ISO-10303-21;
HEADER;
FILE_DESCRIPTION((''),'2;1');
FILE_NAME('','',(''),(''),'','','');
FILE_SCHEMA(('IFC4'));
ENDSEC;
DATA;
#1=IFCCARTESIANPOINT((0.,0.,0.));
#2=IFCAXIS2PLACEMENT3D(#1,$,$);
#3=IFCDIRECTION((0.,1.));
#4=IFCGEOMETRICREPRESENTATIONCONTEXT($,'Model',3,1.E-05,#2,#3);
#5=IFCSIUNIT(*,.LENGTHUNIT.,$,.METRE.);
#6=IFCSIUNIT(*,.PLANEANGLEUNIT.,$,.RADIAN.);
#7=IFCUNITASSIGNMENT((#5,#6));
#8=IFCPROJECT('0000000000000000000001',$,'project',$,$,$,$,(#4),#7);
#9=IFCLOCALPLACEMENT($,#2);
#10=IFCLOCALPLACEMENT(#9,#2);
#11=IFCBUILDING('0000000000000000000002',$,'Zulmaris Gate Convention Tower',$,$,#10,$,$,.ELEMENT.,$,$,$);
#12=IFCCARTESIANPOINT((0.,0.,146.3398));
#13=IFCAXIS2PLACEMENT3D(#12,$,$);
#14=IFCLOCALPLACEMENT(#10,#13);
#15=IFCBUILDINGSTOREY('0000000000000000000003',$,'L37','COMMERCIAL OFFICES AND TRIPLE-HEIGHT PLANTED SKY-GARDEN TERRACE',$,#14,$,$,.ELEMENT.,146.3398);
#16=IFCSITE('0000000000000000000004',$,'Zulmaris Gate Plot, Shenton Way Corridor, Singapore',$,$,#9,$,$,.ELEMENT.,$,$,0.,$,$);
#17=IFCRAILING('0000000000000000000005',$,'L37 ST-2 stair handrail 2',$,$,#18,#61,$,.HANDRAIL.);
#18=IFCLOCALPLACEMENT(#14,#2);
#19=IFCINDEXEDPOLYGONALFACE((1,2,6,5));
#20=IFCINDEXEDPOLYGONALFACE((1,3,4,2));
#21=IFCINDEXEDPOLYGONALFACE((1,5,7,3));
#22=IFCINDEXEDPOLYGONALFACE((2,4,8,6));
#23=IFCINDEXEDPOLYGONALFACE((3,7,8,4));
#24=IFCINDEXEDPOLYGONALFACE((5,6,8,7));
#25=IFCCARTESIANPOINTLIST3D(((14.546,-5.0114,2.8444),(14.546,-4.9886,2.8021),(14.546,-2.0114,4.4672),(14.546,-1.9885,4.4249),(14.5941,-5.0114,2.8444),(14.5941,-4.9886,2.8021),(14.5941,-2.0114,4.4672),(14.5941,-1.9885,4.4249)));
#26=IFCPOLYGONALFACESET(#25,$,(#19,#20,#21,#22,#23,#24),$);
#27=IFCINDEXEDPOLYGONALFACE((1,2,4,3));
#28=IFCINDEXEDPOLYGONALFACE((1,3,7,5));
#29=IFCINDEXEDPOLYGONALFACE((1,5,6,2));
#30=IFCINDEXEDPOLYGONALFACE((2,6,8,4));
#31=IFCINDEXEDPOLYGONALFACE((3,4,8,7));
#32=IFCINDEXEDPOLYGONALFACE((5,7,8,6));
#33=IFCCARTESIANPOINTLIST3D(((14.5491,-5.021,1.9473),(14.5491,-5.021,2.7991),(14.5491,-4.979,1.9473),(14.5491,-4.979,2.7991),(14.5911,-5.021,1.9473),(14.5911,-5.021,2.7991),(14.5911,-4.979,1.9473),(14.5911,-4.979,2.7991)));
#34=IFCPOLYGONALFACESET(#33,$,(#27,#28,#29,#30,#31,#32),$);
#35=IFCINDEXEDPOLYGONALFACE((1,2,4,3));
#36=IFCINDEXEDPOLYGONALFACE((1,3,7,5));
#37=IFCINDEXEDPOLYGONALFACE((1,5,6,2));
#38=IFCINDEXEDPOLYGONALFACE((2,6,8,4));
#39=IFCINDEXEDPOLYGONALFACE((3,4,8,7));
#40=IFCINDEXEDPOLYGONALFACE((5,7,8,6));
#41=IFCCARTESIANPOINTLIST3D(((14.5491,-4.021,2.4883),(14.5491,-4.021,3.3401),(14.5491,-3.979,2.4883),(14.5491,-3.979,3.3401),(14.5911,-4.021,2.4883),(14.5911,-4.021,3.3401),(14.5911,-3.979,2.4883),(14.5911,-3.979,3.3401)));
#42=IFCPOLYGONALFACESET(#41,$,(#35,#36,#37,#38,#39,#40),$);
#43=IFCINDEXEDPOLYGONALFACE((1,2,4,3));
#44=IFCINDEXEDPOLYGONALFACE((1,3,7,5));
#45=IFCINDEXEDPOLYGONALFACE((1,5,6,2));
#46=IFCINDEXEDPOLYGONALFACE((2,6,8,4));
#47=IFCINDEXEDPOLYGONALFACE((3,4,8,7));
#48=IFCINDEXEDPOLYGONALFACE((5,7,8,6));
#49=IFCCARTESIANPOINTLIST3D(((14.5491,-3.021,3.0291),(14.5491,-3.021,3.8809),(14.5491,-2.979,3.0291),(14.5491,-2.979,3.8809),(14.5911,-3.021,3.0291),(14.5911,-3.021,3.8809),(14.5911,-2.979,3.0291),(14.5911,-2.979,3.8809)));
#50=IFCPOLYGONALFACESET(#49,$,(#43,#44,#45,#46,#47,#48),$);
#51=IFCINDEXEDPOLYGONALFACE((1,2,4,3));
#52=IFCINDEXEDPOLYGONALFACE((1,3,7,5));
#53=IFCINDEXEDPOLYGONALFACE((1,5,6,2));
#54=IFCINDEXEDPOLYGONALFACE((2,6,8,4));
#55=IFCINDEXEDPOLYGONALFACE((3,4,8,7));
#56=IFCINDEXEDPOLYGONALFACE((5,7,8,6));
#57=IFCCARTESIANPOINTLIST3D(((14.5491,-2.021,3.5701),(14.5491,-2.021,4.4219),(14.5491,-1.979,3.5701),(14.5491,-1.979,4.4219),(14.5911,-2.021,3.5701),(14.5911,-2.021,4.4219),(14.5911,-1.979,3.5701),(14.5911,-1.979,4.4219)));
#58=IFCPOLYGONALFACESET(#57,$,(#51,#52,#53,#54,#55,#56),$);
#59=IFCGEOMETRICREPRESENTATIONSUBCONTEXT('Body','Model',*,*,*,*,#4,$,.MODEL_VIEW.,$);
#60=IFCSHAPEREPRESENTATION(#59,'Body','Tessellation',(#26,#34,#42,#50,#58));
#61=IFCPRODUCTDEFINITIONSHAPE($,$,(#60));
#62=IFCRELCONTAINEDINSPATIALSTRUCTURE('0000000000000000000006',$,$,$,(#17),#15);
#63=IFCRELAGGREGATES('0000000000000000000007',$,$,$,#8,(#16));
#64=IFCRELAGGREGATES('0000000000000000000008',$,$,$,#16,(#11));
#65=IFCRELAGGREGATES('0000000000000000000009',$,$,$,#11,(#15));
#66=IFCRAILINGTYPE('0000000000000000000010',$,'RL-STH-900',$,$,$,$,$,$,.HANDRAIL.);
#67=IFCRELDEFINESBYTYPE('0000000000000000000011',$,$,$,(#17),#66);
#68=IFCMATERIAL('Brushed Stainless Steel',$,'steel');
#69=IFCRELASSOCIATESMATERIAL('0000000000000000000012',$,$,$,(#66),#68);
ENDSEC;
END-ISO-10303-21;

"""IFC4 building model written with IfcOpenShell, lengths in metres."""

from ifc_helpers import new_model, si_unit, direction, frame, origin, origin_2d, place, context, subcontext, project, spatial, rectangle, extrude, material, type_object, element, save


model = new_model("IFC4")

# Units and contexts
model_context = context("Model", 3, precision=1e-05, world=origin(), true_north=direction((0.0, 1.0)))
body_context = subcontext(model_context, "Body", "Model", "MODEL_VIEW")
ifc_project = project(units=[si_unit("LENGTHUNIT", "METRE"), si_unit("PLANEANGLEUNIT", "RADIAN")], contexts=[model_context])

# Site, building, storey
site_placement = place(None, origin())
site = spatial("IfcSite", under=ifc_project, at=site_placement, Name="Zulmaris Gate Plot, Shenton Way Corridor, Singapore", CompositionType="ELEMENT", RefElevation=0.0)
building_placement = place(site_placement, origin())
building = spatial("IfcBuilding", under=site, at=building_placement, Name="Zulmaris Gate Convention Tower", CompositionType="ELEMENT")
storey_placement = place(building_placement, frame((0.0, 0.0, 146.3398)))
storey = spatial("IfcBuildingStorey", under=building, at=storey_placement, Name="L37", Description="COMMERCIAL OFFICES AND TRIPLE-HEIGHT PLANTED SKY-GARDEN TERRACE", CompositionType="ELEMENT", Elevation=146.3398)

# Railing
ifc_material_1 = material(Name="Brushed Stainless Steel", Category="steel")
railing_type_1 = type_object("IfcRailingType", Name="RL-STH-900", PredefinedType="HANDRAIL", material=ifc_material_1)
railing_1_placement = place(storey_placement, frame((14.5701, -5.0, 1.9473)))
element("IfcRailing", 1, at=railing_1_placement, inside=storey, type_object=railing_type_1, Name="L37 ST-2 stair handrail 2", PredefinedType="HANDRAIL", context=body_context, shape_type="SweptSolid", body=[
    extrude(rectangle(XDim=0.0481, YDim=0.0481, at=origin_2d()), frame((0.0, 0.0, 0.876), z_axis=(0.0, 0.879562, 0.475785), x_axis=(-1.0, 0.0, 0.0)), (0.0, 0.0, 1.0), 3.4109),
    extrude(rectangle(XDim=0.042, YDim=0.042, at=origin_2d()), origin(), (0.0, 0.0, 1.0), 0.8518),
    extrude(rectangle(XDim=0.042, YDim=0.042, at=origin_2d()), frame((0.0, 1.0, 0.541)), (0.0, 0.0, 1.0), 0.8518),
    extrude(rectangle(XDim=0.042, YDim=0.042, at=origin_2d()), frame((0.0, 2.0, 1.0818)), (0.0, 0.0, 1.0), 0.8518),
    extrude(rectangle(XDim=0.042, YDim=0.042, at=origin_2d()), frame((0.0, 3.0, 1.6228)), (0.0, 0.0, 1.0), 0.8518),
])

save(model, "model.ifc")
